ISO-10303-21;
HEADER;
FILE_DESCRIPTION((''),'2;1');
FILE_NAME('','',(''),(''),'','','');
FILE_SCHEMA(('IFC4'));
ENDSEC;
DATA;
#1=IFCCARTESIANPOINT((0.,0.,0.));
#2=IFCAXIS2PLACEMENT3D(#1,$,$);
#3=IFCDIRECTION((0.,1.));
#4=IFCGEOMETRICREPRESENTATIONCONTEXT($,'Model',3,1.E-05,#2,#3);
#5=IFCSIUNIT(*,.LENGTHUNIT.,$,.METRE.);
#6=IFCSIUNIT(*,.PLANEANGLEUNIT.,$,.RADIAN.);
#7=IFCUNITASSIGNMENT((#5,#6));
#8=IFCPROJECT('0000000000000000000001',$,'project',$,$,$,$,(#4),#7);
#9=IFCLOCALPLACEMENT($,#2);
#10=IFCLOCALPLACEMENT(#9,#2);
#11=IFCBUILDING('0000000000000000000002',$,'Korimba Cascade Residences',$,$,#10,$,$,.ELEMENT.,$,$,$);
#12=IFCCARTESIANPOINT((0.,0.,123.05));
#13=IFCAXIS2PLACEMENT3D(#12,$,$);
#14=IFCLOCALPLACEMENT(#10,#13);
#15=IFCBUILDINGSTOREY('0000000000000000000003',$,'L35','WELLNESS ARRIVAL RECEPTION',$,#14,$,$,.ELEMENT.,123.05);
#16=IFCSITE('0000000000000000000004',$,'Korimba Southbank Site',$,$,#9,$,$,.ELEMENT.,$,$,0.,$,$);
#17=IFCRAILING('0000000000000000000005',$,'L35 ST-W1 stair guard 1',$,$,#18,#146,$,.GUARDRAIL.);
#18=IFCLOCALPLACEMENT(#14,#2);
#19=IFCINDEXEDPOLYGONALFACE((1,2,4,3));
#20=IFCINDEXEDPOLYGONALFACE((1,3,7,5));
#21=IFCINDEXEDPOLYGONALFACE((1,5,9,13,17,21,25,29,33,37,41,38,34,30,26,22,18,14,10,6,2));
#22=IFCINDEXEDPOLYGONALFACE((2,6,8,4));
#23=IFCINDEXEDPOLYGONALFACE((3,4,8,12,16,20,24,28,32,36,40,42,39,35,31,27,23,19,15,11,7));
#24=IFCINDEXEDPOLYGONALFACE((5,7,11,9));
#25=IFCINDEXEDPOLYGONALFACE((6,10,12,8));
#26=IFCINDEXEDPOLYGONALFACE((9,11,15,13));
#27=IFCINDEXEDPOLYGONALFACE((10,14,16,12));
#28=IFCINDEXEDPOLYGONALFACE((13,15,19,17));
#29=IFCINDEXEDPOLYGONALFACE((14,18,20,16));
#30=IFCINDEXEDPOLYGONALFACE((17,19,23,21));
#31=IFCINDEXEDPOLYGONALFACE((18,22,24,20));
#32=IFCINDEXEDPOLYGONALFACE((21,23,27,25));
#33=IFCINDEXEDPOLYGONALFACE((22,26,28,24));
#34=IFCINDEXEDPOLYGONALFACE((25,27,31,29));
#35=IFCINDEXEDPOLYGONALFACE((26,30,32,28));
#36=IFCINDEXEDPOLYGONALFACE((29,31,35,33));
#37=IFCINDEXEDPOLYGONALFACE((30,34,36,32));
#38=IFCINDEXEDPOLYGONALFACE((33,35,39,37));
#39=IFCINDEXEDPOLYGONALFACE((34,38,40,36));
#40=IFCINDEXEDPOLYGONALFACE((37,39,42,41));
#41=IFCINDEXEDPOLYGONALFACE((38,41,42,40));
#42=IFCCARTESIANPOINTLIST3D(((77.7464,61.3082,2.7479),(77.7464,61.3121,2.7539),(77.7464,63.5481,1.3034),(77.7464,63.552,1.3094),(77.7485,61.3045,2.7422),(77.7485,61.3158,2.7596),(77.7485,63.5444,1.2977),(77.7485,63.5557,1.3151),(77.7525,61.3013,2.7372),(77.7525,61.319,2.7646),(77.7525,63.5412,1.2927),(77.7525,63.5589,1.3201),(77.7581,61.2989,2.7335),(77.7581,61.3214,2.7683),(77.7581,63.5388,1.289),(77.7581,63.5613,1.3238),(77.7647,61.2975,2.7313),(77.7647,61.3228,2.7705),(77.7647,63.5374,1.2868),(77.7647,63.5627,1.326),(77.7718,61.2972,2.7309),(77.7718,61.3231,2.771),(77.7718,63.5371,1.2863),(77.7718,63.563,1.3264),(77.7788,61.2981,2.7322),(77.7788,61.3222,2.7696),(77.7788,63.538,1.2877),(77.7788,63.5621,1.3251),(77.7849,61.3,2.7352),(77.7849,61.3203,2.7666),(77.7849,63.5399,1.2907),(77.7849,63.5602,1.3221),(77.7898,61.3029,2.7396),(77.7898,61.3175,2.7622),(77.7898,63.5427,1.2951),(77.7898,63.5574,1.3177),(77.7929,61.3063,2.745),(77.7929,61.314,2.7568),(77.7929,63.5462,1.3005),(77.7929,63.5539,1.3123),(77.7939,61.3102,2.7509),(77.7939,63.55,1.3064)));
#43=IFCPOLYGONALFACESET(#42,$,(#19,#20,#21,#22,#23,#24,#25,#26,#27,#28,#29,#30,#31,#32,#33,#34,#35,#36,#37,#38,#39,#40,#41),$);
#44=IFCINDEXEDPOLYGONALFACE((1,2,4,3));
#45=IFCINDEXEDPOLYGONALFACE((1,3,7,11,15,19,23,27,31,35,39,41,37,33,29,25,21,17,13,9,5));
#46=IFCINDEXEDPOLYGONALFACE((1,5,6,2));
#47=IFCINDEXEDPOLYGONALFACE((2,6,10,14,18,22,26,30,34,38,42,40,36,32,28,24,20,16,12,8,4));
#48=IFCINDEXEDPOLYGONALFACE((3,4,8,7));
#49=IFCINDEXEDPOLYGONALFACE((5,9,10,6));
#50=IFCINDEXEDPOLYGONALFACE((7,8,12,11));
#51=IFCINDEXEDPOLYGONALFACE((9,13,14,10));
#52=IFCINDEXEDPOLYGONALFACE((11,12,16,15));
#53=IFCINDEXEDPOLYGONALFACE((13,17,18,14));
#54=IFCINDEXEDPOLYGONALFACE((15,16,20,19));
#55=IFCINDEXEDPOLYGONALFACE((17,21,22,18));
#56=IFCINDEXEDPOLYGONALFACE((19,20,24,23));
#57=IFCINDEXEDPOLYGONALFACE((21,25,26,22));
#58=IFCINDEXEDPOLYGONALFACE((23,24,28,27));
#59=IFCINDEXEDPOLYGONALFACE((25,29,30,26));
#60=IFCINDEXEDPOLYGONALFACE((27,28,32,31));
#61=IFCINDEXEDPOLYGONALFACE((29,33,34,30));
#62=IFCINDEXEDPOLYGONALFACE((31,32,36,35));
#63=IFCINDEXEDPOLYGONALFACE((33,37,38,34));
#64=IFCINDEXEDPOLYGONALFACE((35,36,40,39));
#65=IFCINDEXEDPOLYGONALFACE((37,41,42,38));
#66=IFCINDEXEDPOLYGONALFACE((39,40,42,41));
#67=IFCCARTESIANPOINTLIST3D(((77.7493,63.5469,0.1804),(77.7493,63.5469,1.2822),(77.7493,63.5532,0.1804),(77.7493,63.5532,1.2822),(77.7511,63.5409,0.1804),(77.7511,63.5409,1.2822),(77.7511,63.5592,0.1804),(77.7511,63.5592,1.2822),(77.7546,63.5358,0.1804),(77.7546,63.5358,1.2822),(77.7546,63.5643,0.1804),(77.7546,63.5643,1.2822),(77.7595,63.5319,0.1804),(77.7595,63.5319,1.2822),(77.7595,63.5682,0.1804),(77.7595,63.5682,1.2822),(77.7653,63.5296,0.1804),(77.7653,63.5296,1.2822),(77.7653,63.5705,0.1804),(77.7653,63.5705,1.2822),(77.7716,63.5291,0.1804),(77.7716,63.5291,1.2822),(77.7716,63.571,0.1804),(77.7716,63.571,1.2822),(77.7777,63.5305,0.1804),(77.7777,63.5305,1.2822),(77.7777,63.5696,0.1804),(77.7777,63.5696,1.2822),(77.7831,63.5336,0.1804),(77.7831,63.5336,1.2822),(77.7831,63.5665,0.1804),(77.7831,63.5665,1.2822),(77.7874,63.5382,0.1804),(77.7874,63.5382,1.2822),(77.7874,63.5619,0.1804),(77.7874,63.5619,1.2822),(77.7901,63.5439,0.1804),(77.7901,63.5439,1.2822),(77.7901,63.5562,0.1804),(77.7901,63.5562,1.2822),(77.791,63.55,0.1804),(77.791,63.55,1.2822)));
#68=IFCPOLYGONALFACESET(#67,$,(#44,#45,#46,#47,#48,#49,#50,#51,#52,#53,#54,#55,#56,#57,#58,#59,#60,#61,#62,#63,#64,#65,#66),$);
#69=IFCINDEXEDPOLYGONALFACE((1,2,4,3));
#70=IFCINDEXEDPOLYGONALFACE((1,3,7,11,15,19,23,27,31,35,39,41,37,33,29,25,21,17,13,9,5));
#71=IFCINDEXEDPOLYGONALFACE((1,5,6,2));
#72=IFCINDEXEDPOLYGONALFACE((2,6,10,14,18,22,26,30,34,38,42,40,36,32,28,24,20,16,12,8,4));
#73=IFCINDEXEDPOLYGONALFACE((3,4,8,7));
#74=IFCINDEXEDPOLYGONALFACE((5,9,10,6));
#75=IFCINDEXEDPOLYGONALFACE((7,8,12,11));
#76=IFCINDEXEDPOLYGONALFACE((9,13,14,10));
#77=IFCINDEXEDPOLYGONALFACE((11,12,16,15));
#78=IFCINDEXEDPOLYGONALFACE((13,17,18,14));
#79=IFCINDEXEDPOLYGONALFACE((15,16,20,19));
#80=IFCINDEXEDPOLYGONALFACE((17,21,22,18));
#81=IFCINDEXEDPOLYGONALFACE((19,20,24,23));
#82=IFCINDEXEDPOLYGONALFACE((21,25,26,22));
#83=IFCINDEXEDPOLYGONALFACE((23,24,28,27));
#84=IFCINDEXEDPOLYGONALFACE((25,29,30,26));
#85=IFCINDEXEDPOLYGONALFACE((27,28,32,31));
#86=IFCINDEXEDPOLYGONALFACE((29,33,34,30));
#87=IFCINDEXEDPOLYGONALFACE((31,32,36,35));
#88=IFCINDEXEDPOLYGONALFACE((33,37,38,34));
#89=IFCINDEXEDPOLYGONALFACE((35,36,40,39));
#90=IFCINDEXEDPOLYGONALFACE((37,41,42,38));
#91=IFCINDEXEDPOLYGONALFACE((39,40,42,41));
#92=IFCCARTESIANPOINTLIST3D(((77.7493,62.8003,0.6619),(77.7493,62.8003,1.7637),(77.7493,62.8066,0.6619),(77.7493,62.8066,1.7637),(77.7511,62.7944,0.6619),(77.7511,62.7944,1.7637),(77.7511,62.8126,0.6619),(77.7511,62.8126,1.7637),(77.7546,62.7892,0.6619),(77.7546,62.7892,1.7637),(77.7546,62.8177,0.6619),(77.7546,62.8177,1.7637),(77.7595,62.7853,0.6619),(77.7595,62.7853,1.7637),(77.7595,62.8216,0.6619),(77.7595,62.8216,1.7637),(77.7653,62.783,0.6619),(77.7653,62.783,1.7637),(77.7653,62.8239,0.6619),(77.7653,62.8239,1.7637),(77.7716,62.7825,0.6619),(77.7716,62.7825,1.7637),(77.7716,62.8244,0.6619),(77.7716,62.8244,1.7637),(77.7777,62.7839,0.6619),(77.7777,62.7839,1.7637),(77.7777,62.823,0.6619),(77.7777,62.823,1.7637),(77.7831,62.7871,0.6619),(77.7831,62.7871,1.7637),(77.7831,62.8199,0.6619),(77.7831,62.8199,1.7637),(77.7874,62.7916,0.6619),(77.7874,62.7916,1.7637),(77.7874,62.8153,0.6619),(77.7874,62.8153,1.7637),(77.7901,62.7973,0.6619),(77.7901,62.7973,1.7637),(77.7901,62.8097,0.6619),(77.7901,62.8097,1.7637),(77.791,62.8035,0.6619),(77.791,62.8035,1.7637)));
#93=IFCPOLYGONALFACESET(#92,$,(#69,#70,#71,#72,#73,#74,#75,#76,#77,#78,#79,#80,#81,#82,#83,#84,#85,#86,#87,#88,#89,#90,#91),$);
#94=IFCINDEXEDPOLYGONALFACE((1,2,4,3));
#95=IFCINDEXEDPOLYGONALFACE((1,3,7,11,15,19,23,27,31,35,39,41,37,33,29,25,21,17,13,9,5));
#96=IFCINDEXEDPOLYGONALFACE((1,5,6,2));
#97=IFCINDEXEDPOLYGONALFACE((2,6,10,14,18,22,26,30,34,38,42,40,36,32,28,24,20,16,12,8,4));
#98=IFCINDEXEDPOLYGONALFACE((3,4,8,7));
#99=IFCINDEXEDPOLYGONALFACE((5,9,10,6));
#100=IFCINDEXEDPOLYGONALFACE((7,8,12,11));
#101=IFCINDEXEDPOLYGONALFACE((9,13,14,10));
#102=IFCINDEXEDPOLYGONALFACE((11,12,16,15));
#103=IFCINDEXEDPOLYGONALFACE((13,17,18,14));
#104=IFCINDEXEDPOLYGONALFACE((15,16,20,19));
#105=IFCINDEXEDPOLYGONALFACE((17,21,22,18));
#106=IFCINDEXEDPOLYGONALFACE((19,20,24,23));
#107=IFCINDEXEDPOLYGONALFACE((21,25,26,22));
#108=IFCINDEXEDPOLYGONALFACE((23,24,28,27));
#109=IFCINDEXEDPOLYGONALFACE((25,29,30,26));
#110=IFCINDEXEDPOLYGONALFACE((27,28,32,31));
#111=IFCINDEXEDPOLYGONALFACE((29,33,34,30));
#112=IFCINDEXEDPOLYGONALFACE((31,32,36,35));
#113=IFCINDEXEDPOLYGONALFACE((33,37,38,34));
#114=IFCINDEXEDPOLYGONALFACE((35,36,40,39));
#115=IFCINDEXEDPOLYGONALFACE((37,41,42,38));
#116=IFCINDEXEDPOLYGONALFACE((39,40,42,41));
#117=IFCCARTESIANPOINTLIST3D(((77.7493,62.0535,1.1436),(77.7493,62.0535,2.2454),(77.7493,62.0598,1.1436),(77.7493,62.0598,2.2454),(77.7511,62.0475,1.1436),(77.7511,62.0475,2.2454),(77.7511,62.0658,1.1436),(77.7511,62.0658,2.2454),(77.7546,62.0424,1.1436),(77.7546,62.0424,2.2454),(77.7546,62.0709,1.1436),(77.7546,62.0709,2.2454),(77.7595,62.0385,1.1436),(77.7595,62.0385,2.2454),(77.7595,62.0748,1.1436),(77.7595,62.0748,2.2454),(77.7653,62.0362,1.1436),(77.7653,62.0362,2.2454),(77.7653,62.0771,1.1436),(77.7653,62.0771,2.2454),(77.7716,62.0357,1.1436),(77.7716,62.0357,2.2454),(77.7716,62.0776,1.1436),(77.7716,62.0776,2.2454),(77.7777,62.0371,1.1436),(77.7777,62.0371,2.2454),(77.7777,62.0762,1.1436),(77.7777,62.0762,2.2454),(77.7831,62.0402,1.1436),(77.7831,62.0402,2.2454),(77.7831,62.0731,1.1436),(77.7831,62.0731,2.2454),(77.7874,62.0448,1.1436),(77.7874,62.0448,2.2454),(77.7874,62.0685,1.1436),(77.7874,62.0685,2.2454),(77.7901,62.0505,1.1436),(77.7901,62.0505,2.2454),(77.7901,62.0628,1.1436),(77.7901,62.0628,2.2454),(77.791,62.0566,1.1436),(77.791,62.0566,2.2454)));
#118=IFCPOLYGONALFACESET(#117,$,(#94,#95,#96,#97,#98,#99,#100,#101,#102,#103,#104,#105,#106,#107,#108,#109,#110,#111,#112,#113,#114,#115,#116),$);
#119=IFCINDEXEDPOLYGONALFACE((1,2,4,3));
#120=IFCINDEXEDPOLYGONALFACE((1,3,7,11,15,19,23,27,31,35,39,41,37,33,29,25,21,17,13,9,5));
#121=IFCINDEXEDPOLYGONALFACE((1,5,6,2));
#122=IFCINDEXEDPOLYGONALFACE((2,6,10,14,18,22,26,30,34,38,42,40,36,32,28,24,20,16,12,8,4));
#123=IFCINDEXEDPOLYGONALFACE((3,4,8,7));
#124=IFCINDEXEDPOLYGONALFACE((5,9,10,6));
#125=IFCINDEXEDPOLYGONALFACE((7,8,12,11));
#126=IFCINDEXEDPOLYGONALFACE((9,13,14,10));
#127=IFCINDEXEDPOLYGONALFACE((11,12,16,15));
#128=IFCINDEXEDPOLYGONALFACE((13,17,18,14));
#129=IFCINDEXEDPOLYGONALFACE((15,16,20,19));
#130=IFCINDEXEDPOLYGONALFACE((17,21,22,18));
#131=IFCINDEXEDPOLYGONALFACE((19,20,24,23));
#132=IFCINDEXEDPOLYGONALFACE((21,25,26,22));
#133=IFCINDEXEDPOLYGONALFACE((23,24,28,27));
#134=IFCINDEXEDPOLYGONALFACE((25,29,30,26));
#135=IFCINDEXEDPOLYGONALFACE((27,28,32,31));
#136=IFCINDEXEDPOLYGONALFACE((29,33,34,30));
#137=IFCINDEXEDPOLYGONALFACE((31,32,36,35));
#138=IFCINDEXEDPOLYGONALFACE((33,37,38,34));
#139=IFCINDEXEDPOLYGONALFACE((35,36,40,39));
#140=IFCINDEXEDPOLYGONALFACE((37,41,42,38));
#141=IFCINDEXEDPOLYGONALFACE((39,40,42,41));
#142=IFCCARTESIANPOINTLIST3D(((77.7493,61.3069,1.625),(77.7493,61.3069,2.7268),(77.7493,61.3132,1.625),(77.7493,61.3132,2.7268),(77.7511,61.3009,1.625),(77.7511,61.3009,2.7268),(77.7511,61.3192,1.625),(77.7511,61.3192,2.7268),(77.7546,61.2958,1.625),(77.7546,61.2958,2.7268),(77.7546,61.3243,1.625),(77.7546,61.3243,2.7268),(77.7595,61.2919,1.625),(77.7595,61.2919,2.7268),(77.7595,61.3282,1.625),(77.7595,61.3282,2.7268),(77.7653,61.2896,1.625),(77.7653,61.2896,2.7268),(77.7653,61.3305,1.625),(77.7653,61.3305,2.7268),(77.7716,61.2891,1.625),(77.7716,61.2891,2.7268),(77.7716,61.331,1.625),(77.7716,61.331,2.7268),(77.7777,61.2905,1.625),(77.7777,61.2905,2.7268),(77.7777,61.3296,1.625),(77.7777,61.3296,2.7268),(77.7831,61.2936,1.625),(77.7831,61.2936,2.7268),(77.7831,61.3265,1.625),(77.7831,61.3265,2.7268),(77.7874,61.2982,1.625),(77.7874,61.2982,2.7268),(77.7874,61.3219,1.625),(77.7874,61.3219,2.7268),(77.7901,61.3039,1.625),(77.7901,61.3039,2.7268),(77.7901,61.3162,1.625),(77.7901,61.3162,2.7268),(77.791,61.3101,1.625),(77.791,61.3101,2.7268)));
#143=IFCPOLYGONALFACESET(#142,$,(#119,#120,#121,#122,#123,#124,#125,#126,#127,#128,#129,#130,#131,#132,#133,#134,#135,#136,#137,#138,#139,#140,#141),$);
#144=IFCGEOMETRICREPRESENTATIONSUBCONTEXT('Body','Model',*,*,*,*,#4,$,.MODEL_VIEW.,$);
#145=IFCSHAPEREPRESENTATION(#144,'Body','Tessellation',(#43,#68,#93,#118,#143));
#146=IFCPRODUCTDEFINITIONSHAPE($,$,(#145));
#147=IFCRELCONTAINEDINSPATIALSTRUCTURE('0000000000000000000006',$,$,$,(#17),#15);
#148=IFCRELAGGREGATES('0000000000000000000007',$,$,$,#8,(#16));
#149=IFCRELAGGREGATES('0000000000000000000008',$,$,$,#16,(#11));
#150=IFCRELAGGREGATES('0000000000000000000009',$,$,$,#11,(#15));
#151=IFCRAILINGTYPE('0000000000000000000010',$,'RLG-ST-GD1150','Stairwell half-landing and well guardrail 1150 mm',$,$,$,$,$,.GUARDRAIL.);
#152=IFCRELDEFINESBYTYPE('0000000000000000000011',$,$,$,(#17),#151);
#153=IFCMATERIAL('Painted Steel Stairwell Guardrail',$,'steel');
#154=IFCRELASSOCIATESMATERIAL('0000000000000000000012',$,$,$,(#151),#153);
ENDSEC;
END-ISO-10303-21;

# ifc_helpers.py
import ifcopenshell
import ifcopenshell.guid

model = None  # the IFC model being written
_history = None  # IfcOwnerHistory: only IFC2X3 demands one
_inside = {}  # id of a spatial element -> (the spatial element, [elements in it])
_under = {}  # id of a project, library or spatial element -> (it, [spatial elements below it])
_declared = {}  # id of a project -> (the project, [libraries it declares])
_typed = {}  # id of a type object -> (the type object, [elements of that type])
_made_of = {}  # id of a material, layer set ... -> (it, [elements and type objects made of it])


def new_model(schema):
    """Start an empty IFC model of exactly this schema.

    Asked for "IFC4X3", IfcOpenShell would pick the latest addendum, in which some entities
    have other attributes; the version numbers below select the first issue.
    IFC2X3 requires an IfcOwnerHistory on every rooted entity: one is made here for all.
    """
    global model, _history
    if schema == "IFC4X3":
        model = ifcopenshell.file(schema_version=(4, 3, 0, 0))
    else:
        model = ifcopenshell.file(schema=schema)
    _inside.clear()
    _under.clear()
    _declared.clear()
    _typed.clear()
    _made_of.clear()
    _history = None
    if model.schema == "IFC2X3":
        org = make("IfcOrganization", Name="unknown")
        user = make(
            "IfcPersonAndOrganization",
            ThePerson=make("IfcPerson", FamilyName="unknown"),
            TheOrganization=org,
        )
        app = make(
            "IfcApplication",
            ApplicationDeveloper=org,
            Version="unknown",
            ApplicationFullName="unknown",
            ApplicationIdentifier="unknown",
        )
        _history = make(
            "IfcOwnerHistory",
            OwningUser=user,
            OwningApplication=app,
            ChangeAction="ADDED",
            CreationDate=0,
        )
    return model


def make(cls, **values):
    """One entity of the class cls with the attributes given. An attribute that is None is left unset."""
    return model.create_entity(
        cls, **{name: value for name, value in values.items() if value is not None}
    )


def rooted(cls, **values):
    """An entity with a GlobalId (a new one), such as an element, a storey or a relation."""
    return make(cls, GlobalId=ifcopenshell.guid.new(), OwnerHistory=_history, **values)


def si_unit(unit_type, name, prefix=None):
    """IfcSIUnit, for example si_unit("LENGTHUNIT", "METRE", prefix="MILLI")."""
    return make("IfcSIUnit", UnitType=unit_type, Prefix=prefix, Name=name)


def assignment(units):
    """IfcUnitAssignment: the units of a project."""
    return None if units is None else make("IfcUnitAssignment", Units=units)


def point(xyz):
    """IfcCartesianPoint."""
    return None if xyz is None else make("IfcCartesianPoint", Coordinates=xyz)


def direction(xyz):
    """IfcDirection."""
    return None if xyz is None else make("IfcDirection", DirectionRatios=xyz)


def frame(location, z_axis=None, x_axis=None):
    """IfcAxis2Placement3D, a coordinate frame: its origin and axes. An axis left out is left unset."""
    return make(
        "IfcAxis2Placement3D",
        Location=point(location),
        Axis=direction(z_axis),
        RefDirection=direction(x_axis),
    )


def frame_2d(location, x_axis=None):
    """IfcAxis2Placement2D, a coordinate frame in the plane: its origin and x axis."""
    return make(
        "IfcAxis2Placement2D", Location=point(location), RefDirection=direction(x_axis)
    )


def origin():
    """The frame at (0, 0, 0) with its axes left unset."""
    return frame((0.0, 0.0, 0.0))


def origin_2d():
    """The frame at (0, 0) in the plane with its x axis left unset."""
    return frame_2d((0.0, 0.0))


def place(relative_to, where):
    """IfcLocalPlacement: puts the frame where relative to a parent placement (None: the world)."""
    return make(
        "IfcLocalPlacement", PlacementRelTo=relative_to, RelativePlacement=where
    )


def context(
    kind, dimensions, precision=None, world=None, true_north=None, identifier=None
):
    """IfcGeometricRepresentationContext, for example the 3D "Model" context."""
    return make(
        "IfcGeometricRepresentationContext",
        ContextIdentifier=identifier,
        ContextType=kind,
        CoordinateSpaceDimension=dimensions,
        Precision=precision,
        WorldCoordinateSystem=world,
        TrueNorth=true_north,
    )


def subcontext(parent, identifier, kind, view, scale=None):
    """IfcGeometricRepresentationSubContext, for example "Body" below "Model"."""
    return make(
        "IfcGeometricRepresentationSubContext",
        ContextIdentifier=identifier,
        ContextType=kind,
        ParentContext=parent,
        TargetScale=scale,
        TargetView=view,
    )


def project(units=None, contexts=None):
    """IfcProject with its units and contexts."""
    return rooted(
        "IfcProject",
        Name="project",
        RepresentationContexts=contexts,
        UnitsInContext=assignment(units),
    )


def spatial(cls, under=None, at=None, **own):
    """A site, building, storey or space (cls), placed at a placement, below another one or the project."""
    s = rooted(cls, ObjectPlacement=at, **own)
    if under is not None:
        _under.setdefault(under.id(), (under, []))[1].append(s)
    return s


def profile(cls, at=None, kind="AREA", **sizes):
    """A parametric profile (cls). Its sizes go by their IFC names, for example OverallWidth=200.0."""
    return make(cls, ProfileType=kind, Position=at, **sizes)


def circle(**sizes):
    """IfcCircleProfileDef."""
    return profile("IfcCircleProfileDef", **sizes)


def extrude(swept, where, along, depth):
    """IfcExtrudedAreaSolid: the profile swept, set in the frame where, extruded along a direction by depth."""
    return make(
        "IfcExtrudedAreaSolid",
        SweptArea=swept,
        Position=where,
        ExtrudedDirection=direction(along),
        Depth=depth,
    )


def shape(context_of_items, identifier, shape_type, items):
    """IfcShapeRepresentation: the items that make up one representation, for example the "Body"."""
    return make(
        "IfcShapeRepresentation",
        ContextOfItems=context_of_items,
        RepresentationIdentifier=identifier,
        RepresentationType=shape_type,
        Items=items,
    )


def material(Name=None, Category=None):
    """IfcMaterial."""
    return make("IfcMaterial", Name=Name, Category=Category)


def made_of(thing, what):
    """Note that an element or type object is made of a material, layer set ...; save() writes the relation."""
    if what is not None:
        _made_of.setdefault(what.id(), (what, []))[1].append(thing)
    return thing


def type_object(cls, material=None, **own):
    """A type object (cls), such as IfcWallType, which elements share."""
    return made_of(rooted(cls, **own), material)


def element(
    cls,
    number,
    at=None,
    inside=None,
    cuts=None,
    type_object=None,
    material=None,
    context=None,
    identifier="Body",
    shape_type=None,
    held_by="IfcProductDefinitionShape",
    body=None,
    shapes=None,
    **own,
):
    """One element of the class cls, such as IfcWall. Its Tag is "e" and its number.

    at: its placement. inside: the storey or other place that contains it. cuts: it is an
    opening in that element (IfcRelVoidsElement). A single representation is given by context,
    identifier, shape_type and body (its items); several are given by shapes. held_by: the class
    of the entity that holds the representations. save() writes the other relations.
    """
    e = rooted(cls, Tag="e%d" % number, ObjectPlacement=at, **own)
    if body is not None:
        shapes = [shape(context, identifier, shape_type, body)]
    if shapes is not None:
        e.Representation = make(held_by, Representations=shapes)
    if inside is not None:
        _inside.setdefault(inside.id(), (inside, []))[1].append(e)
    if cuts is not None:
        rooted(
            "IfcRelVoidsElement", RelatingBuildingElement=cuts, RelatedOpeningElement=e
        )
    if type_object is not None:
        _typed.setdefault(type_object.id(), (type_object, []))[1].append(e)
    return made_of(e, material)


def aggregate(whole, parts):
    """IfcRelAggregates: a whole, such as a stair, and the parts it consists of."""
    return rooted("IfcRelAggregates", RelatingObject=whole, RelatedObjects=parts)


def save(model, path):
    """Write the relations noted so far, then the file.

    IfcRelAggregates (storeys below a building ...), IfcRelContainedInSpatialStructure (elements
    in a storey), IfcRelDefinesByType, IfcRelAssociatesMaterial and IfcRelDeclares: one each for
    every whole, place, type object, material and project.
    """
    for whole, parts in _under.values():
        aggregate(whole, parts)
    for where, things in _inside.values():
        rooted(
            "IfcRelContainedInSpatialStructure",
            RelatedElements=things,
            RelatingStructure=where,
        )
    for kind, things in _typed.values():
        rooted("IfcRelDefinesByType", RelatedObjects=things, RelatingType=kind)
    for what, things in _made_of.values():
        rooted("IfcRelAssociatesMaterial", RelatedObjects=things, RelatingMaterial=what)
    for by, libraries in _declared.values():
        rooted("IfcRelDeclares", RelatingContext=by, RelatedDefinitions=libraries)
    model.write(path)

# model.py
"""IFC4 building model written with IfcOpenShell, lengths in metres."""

from ifc_helpers import new_model, si_unit, direction, frame, origin, origin_2d, place, context, subcontext, project, spatial, circle, extrude, material, type_object, element, save


model = new_model("IFC4")

# Units and contexts
model_context = context("Model", 3, precision=1e-05, world=origin(), true_north=direction((0.0, 1.0)))
body_context = subcontext(model_context, "Body", "Model", "MODEL_VIEW")
ifc_project = project(units=[si_unit("LENGTHUNIT", "METRE"), si_unit("PLANEANGLEUNIT", "RADIAN")], contexts=[model_context])

# Site, building, storey
site_placement = place(None, origin())
site = spatial("IfcSite", under=ifc_project, at=site_placement, Name="Korimba Southbank Site", CompositionType="ELEMENT", RefElevation=0.0)
building_placement = place(site_placement, origin())
building = spatial("IfcBuilding", under=site, at=building_placement, Name="Korimba Cascade Residences", CompositionType="ELEMENT")
storey_placement = place(building_placement, frame((0.0, 0.0, 123.05)))
storey = spatial("IfcBuildingStorey", under=building, at=storey_placement, Name="L35", Description="WELLNESS ARRIVAL RECEPTION", CompositionType="ELEMENT", Elevation=123.05)

# Railing
ifc_material_1 = material(Name="Painted Steel Stairwell Guardrail", Category="steel")
railing_type_1 = type_object("IfcRailingType", Name="RLG-ST-GD1150", Description="Stairwell half-landing and well guardrail 1150 mm", PredefinedType="GUARDRAIL", material=ifc_material_1)
railing_1_placement = place(storey_placement, frame((77.77, 63.55, 0.1804)))
element("IfcRailing", 1, at=railing_1_placement, inside=storey, type_object=railing_type_1, Name="L35 ST-W1 stair guard 1", PredefinedType="GUARDRAIL", context=body_context, shape_type="SweptSolid", body=[
    extrude(circle(Radius=0.0239, at=origin_2d()), frame((0.0, 0.0, 1.126), z_axis=(0.0, -0.840395, 0.541975), x_axis=(1.0, 0.0, 0.0)), (0.0, 0.0, 1.0), 2.6653),
    extrude(circle(Radius=0.021, at=origin_2d()), origin(), (0.0, 0.0, 1.0), 1.1018),
    extrude(circle(Radius=0.021, at=origin_2d()), frame((0.0, -0.7466, 0.4814)), (0.0, 0.0, 1.0), 1.1018),
    extrude(circle(Radius=0.021, at=origin_2d()), frame((0.0, -1.4934, 0.9631)), (0.0, 0.0, 1.0), 1.1018),
    extrude(circle(Radius=0.021, at=origin_2d()), frame((0.0, -2.24, 1.4446)), (0.0, 0.0, 1.0), 1.1018),
])

save(model, "model.ifc")
